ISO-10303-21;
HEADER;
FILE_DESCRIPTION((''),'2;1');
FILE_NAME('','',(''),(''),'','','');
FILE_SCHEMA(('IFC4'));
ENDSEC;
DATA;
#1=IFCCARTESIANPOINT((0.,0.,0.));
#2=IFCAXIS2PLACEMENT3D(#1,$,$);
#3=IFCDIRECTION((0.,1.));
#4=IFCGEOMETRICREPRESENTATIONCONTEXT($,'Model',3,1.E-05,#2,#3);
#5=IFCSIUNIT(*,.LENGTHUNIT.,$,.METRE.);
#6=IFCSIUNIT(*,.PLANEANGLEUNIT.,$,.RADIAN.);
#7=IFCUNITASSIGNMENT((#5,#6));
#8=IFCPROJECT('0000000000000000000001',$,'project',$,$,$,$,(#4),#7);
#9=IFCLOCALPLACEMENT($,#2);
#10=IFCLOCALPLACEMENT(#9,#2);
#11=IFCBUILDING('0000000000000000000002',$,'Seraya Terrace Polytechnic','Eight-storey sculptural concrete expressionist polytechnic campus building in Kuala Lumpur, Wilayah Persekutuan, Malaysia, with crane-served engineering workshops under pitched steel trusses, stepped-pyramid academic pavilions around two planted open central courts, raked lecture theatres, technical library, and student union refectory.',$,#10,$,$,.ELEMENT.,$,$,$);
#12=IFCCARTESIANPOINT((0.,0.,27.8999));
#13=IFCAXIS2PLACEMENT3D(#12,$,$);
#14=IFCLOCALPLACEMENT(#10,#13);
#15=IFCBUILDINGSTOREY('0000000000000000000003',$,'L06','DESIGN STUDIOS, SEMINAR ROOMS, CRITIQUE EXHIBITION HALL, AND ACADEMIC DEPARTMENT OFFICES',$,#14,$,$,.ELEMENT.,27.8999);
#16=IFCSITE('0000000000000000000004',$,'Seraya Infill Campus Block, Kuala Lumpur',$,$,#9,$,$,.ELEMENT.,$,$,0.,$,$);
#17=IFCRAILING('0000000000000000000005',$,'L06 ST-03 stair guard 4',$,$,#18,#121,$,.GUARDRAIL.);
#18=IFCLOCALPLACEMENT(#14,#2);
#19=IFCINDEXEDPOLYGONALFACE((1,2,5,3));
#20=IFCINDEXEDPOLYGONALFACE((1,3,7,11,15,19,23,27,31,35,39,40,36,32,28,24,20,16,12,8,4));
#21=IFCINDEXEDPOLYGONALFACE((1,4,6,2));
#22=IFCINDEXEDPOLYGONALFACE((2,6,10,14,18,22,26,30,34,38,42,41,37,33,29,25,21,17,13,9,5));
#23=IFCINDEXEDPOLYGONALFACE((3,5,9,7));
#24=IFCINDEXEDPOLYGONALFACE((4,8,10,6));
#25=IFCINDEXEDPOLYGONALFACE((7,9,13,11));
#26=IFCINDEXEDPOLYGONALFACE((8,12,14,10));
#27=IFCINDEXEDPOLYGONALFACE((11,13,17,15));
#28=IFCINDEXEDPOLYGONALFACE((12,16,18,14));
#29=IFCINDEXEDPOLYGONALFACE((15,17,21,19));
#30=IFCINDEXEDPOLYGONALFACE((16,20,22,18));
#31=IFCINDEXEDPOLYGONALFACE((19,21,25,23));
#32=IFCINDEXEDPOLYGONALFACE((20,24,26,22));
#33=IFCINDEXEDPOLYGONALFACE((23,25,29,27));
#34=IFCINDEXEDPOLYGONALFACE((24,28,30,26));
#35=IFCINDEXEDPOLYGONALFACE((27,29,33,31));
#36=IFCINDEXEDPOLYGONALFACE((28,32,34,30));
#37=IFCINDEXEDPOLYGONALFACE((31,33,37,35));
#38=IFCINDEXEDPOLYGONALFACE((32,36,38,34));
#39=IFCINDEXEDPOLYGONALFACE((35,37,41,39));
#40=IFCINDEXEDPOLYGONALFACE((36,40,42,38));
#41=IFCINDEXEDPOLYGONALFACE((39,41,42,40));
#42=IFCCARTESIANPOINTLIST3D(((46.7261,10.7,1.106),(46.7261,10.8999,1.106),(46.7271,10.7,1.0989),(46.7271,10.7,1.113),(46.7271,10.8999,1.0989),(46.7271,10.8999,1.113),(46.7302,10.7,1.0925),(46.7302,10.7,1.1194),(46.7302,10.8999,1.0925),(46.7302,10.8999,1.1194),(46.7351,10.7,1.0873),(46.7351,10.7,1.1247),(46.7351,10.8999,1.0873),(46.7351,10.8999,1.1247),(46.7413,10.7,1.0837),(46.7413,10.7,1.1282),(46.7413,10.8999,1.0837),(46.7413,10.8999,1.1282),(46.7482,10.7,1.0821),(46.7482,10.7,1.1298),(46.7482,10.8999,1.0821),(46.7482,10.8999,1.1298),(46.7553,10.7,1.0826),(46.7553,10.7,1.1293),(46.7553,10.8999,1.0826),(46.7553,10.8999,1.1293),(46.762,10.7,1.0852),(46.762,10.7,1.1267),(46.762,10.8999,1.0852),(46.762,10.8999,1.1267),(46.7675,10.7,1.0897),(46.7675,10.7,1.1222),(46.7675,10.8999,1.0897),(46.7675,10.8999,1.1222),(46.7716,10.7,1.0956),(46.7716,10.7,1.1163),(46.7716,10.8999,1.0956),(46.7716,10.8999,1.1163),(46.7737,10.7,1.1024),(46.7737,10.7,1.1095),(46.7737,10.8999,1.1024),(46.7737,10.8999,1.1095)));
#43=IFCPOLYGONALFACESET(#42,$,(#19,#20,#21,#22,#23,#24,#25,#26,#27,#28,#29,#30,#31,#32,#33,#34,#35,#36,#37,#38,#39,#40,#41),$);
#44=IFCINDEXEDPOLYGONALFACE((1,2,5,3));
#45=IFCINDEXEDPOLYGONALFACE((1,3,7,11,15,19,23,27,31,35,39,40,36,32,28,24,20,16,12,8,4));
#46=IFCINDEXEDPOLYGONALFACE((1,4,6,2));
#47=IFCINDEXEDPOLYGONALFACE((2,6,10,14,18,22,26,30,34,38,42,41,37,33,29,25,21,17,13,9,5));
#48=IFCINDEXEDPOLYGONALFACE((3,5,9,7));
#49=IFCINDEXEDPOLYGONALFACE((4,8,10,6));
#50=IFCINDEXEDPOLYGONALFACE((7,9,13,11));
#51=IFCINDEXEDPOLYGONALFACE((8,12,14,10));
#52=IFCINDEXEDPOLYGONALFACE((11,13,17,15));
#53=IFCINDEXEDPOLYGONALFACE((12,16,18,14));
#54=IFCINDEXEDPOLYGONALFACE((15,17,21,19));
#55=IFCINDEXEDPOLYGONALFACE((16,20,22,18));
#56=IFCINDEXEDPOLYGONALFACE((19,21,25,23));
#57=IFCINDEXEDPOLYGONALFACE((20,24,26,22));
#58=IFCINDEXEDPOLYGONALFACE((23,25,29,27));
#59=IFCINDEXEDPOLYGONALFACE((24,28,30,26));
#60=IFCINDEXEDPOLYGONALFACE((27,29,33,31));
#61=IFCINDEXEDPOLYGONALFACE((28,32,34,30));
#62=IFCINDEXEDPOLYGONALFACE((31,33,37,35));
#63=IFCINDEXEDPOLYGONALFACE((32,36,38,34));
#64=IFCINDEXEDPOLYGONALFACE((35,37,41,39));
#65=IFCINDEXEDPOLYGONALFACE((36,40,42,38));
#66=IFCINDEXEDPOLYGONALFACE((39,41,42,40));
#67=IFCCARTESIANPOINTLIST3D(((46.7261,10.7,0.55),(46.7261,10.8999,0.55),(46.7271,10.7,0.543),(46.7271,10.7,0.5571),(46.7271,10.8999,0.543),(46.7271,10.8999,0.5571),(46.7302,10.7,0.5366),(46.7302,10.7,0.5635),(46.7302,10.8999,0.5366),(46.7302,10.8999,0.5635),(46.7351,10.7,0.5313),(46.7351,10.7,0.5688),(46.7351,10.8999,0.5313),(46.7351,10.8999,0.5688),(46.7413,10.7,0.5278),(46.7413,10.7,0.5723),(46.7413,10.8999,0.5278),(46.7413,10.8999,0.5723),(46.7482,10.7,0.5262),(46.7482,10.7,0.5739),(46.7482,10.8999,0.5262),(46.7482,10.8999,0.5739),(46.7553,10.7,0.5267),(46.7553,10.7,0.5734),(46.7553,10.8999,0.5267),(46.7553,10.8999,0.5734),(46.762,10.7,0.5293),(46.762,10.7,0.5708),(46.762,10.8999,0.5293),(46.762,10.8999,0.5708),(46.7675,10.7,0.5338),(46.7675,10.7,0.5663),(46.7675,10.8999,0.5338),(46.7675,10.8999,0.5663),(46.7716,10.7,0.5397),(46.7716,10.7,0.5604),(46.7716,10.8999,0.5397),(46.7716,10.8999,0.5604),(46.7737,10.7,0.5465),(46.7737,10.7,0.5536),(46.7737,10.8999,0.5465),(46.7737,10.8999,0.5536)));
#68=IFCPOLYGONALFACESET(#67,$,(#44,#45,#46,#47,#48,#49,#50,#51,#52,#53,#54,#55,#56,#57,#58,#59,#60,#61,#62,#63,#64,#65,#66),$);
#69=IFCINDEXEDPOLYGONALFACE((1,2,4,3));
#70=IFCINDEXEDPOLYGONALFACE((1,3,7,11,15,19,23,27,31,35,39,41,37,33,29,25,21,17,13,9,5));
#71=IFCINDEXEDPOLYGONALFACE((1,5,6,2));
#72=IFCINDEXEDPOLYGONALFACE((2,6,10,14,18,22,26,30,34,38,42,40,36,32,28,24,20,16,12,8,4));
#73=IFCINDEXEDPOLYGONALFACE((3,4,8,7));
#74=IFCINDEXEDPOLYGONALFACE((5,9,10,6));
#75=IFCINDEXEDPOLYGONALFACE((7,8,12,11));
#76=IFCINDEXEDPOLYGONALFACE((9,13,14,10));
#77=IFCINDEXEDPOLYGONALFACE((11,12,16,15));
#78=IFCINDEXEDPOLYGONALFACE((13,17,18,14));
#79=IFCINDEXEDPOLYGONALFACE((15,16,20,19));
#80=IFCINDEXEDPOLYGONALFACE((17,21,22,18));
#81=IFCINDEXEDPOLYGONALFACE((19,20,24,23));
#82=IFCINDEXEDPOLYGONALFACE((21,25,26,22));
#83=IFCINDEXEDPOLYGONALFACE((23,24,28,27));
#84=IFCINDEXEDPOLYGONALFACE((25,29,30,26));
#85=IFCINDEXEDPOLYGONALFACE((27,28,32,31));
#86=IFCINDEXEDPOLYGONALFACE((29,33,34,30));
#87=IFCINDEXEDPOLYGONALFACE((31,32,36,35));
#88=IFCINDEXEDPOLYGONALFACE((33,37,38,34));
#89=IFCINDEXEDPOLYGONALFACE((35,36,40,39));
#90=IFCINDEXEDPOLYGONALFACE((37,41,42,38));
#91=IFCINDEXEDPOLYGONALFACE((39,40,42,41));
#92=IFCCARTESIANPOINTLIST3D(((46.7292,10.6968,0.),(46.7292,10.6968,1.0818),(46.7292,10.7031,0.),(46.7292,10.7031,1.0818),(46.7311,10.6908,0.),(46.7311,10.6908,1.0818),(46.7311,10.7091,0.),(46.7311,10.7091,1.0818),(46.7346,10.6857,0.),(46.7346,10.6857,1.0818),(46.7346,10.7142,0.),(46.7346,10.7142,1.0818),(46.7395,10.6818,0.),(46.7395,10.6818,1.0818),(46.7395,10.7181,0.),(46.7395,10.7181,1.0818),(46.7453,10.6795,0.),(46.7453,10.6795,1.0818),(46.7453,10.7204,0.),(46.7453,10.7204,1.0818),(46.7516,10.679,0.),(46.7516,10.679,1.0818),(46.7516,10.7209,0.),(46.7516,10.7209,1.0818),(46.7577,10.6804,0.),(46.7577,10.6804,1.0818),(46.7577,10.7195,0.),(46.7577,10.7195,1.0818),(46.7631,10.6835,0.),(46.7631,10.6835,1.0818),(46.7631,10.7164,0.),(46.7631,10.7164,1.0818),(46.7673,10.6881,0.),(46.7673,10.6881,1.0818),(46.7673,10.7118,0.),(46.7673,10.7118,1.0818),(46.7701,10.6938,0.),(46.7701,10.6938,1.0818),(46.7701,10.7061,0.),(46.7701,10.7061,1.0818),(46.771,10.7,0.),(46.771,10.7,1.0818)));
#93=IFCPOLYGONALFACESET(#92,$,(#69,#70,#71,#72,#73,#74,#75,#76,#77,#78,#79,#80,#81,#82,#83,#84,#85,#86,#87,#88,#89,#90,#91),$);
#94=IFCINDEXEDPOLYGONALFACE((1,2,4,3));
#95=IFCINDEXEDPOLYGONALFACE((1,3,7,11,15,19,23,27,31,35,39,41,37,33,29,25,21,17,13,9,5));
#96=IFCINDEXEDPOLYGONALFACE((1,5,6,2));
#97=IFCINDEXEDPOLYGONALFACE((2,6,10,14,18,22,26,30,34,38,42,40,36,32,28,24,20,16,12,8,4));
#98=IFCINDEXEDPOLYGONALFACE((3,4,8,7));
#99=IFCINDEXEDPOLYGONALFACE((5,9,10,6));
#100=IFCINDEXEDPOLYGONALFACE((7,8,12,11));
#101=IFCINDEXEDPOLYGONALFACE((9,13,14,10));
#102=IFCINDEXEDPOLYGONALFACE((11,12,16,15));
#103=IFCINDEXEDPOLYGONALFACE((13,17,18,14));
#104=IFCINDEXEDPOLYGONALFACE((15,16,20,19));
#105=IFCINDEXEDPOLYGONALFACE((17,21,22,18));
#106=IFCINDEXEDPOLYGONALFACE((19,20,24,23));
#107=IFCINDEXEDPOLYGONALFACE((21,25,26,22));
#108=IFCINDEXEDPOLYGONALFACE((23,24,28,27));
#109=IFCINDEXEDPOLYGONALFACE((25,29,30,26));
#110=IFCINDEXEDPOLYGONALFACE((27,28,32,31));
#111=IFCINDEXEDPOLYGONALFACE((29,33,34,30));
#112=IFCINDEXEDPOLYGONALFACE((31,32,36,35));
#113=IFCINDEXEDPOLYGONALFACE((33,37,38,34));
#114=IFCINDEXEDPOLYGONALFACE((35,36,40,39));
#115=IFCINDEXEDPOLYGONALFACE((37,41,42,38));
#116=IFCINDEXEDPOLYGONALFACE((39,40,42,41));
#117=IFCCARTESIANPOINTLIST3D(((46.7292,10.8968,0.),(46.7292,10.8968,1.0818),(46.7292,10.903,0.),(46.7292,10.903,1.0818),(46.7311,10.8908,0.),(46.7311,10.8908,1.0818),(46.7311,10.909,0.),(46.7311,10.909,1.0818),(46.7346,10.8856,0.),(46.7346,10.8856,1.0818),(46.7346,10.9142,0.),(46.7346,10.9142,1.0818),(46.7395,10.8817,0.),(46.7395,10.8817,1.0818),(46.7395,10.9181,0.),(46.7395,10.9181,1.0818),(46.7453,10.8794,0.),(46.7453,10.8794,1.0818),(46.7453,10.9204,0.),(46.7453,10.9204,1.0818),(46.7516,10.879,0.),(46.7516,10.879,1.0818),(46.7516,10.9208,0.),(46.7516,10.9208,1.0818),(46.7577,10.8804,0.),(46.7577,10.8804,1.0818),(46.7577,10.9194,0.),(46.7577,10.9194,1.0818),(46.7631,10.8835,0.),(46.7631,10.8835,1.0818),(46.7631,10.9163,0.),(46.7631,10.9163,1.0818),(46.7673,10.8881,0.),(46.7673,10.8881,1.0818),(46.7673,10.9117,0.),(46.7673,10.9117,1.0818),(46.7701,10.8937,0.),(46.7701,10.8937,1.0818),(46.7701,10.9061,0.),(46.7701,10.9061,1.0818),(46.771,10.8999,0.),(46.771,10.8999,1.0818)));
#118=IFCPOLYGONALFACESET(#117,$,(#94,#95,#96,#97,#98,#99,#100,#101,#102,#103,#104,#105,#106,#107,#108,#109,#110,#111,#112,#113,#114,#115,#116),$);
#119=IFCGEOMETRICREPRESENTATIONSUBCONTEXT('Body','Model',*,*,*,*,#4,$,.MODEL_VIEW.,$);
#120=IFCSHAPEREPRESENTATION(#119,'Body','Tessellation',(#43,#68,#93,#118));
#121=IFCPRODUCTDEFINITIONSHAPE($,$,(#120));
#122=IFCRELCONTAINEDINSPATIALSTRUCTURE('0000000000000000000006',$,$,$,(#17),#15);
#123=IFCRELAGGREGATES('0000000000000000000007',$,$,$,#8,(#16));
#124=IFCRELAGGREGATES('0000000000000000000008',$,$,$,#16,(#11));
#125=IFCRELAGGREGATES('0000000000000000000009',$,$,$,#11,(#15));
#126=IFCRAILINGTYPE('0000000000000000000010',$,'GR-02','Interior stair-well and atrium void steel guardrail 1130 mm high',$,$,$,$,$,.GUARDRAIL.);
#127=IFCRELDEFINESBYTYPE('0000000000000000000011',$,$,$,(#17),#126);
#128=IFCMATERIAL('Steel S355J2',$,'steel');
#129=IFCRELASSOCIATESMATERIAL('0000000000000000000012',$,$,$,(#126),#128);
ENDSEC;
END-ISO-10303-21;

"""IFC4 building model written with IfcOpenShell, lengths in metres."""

from ifc_helpers import new_model, si_unit, direction, frame, origin, origin_2d, place, context, subcontext, project, spatial, circle, extrude, material, type_object, element, save


model = new_model("IFC4")

# Units and contexts
model_context = context("Model", 3, precision=1e-05, world=origin(), true_north=direction((0.0, 1.0)))
body_context = subcontext(model_context, "Body", "Model", "MODEL_VIEW")
ifc_project = project(units=[si_unit("LENGTHUNIT", "METRE"), si_unit("PLANEANGLEUNIT", "RADIAN")], contexts=[model_context])

# Site, building, storey
site_placement = place(None, origin())
site = spatial("IfcSite", under=ifc_project, at=site_placement, Name="Seraya Infill Campus Block, Kuala Lumpur", CompositionType="ELEMENT", RefElevation=0.0)
building_placement = place(site_placement, origin())
building = spatial("IfcBuilding", under=site, at=building_placement, Name="Seraya Terrace Polytechnic", Description="Eight-storey sculptural concrete expressionist polytechnic campus building in Kuala Lumpur, Wilayah Persekutuan, Malaysia, with crane-served engineering workshops under pitched steel trusses, stepped-pyramid academic pavilions around two planted open central courts, raked lecture theatres, technical library, and student union refectory.", CompositionType="ELEMENT")
storey_placement = place(building_placement, frame((0.0, 0.0, 27.8999)))
storey = spatial("IfcBuildingStorey", under=building, at=storey_placement, Name="L06", Description="DESIGN STUDIOS, SEMINAR ROOMS, CRITIQUE EXHIBITION HALL, AND ACADEMIC DEPARTMENT OFFICES", CompositionType="ELEMENT", Elevation=27.8999)

# Shared definitions
ifc_material_1 = material(Name="Steel S355J2", Category="steel")

# Railing
railing_type_1 = type_object("IfcRailingType", Name="GR-02", Description="Interior stair-well and atrium void steel guardrail 1130 mm high", PredefinedType="GUARDRAIL", material=ifc_material_1)
railing_1_placement = place(storey_placement, frame((46.75, 10.7, 0.0)))
element("IfcRailing", 1, at=railing_1_placement, inside=storey, type_object=railing_type_1, Name="L06 ST-03 stair guard 4", PredefinedType="GUARDRAIL", context=body_context, shape_type="SweptSolid", body=[
    extrude(circle(Radius=0.0239, at=origin_2d()), frame((0.0, 0.0, 1.106), z_axis=(0.0, 1.0, 0.0), x_axis=(-1.0, 0.0, 0.0)), (0.0, 0.0, 1.0), 0.2),
    extrude(circle(Radius=0.0239, at=origin_2d()), frame((0.0, 0.0, 0.55), z_axis=(0.0, 1.0, 0.0), x_axis=(-1.0, 0.0, 0.0)), (0.0, 0.0, 1.0), 0.2),
    extrude(circle(Radius=0.021, at=origin_2d()), origin(), (0.0, 0.0, 1.0), 1.0818),
    extrude(circle(Radius=0.021, at=origin_2d()), frame((0.0, 0.2, 0.0)), (0.0, 0.0, 1.0), 1.0818),
])

save(model, "model.ifc")
